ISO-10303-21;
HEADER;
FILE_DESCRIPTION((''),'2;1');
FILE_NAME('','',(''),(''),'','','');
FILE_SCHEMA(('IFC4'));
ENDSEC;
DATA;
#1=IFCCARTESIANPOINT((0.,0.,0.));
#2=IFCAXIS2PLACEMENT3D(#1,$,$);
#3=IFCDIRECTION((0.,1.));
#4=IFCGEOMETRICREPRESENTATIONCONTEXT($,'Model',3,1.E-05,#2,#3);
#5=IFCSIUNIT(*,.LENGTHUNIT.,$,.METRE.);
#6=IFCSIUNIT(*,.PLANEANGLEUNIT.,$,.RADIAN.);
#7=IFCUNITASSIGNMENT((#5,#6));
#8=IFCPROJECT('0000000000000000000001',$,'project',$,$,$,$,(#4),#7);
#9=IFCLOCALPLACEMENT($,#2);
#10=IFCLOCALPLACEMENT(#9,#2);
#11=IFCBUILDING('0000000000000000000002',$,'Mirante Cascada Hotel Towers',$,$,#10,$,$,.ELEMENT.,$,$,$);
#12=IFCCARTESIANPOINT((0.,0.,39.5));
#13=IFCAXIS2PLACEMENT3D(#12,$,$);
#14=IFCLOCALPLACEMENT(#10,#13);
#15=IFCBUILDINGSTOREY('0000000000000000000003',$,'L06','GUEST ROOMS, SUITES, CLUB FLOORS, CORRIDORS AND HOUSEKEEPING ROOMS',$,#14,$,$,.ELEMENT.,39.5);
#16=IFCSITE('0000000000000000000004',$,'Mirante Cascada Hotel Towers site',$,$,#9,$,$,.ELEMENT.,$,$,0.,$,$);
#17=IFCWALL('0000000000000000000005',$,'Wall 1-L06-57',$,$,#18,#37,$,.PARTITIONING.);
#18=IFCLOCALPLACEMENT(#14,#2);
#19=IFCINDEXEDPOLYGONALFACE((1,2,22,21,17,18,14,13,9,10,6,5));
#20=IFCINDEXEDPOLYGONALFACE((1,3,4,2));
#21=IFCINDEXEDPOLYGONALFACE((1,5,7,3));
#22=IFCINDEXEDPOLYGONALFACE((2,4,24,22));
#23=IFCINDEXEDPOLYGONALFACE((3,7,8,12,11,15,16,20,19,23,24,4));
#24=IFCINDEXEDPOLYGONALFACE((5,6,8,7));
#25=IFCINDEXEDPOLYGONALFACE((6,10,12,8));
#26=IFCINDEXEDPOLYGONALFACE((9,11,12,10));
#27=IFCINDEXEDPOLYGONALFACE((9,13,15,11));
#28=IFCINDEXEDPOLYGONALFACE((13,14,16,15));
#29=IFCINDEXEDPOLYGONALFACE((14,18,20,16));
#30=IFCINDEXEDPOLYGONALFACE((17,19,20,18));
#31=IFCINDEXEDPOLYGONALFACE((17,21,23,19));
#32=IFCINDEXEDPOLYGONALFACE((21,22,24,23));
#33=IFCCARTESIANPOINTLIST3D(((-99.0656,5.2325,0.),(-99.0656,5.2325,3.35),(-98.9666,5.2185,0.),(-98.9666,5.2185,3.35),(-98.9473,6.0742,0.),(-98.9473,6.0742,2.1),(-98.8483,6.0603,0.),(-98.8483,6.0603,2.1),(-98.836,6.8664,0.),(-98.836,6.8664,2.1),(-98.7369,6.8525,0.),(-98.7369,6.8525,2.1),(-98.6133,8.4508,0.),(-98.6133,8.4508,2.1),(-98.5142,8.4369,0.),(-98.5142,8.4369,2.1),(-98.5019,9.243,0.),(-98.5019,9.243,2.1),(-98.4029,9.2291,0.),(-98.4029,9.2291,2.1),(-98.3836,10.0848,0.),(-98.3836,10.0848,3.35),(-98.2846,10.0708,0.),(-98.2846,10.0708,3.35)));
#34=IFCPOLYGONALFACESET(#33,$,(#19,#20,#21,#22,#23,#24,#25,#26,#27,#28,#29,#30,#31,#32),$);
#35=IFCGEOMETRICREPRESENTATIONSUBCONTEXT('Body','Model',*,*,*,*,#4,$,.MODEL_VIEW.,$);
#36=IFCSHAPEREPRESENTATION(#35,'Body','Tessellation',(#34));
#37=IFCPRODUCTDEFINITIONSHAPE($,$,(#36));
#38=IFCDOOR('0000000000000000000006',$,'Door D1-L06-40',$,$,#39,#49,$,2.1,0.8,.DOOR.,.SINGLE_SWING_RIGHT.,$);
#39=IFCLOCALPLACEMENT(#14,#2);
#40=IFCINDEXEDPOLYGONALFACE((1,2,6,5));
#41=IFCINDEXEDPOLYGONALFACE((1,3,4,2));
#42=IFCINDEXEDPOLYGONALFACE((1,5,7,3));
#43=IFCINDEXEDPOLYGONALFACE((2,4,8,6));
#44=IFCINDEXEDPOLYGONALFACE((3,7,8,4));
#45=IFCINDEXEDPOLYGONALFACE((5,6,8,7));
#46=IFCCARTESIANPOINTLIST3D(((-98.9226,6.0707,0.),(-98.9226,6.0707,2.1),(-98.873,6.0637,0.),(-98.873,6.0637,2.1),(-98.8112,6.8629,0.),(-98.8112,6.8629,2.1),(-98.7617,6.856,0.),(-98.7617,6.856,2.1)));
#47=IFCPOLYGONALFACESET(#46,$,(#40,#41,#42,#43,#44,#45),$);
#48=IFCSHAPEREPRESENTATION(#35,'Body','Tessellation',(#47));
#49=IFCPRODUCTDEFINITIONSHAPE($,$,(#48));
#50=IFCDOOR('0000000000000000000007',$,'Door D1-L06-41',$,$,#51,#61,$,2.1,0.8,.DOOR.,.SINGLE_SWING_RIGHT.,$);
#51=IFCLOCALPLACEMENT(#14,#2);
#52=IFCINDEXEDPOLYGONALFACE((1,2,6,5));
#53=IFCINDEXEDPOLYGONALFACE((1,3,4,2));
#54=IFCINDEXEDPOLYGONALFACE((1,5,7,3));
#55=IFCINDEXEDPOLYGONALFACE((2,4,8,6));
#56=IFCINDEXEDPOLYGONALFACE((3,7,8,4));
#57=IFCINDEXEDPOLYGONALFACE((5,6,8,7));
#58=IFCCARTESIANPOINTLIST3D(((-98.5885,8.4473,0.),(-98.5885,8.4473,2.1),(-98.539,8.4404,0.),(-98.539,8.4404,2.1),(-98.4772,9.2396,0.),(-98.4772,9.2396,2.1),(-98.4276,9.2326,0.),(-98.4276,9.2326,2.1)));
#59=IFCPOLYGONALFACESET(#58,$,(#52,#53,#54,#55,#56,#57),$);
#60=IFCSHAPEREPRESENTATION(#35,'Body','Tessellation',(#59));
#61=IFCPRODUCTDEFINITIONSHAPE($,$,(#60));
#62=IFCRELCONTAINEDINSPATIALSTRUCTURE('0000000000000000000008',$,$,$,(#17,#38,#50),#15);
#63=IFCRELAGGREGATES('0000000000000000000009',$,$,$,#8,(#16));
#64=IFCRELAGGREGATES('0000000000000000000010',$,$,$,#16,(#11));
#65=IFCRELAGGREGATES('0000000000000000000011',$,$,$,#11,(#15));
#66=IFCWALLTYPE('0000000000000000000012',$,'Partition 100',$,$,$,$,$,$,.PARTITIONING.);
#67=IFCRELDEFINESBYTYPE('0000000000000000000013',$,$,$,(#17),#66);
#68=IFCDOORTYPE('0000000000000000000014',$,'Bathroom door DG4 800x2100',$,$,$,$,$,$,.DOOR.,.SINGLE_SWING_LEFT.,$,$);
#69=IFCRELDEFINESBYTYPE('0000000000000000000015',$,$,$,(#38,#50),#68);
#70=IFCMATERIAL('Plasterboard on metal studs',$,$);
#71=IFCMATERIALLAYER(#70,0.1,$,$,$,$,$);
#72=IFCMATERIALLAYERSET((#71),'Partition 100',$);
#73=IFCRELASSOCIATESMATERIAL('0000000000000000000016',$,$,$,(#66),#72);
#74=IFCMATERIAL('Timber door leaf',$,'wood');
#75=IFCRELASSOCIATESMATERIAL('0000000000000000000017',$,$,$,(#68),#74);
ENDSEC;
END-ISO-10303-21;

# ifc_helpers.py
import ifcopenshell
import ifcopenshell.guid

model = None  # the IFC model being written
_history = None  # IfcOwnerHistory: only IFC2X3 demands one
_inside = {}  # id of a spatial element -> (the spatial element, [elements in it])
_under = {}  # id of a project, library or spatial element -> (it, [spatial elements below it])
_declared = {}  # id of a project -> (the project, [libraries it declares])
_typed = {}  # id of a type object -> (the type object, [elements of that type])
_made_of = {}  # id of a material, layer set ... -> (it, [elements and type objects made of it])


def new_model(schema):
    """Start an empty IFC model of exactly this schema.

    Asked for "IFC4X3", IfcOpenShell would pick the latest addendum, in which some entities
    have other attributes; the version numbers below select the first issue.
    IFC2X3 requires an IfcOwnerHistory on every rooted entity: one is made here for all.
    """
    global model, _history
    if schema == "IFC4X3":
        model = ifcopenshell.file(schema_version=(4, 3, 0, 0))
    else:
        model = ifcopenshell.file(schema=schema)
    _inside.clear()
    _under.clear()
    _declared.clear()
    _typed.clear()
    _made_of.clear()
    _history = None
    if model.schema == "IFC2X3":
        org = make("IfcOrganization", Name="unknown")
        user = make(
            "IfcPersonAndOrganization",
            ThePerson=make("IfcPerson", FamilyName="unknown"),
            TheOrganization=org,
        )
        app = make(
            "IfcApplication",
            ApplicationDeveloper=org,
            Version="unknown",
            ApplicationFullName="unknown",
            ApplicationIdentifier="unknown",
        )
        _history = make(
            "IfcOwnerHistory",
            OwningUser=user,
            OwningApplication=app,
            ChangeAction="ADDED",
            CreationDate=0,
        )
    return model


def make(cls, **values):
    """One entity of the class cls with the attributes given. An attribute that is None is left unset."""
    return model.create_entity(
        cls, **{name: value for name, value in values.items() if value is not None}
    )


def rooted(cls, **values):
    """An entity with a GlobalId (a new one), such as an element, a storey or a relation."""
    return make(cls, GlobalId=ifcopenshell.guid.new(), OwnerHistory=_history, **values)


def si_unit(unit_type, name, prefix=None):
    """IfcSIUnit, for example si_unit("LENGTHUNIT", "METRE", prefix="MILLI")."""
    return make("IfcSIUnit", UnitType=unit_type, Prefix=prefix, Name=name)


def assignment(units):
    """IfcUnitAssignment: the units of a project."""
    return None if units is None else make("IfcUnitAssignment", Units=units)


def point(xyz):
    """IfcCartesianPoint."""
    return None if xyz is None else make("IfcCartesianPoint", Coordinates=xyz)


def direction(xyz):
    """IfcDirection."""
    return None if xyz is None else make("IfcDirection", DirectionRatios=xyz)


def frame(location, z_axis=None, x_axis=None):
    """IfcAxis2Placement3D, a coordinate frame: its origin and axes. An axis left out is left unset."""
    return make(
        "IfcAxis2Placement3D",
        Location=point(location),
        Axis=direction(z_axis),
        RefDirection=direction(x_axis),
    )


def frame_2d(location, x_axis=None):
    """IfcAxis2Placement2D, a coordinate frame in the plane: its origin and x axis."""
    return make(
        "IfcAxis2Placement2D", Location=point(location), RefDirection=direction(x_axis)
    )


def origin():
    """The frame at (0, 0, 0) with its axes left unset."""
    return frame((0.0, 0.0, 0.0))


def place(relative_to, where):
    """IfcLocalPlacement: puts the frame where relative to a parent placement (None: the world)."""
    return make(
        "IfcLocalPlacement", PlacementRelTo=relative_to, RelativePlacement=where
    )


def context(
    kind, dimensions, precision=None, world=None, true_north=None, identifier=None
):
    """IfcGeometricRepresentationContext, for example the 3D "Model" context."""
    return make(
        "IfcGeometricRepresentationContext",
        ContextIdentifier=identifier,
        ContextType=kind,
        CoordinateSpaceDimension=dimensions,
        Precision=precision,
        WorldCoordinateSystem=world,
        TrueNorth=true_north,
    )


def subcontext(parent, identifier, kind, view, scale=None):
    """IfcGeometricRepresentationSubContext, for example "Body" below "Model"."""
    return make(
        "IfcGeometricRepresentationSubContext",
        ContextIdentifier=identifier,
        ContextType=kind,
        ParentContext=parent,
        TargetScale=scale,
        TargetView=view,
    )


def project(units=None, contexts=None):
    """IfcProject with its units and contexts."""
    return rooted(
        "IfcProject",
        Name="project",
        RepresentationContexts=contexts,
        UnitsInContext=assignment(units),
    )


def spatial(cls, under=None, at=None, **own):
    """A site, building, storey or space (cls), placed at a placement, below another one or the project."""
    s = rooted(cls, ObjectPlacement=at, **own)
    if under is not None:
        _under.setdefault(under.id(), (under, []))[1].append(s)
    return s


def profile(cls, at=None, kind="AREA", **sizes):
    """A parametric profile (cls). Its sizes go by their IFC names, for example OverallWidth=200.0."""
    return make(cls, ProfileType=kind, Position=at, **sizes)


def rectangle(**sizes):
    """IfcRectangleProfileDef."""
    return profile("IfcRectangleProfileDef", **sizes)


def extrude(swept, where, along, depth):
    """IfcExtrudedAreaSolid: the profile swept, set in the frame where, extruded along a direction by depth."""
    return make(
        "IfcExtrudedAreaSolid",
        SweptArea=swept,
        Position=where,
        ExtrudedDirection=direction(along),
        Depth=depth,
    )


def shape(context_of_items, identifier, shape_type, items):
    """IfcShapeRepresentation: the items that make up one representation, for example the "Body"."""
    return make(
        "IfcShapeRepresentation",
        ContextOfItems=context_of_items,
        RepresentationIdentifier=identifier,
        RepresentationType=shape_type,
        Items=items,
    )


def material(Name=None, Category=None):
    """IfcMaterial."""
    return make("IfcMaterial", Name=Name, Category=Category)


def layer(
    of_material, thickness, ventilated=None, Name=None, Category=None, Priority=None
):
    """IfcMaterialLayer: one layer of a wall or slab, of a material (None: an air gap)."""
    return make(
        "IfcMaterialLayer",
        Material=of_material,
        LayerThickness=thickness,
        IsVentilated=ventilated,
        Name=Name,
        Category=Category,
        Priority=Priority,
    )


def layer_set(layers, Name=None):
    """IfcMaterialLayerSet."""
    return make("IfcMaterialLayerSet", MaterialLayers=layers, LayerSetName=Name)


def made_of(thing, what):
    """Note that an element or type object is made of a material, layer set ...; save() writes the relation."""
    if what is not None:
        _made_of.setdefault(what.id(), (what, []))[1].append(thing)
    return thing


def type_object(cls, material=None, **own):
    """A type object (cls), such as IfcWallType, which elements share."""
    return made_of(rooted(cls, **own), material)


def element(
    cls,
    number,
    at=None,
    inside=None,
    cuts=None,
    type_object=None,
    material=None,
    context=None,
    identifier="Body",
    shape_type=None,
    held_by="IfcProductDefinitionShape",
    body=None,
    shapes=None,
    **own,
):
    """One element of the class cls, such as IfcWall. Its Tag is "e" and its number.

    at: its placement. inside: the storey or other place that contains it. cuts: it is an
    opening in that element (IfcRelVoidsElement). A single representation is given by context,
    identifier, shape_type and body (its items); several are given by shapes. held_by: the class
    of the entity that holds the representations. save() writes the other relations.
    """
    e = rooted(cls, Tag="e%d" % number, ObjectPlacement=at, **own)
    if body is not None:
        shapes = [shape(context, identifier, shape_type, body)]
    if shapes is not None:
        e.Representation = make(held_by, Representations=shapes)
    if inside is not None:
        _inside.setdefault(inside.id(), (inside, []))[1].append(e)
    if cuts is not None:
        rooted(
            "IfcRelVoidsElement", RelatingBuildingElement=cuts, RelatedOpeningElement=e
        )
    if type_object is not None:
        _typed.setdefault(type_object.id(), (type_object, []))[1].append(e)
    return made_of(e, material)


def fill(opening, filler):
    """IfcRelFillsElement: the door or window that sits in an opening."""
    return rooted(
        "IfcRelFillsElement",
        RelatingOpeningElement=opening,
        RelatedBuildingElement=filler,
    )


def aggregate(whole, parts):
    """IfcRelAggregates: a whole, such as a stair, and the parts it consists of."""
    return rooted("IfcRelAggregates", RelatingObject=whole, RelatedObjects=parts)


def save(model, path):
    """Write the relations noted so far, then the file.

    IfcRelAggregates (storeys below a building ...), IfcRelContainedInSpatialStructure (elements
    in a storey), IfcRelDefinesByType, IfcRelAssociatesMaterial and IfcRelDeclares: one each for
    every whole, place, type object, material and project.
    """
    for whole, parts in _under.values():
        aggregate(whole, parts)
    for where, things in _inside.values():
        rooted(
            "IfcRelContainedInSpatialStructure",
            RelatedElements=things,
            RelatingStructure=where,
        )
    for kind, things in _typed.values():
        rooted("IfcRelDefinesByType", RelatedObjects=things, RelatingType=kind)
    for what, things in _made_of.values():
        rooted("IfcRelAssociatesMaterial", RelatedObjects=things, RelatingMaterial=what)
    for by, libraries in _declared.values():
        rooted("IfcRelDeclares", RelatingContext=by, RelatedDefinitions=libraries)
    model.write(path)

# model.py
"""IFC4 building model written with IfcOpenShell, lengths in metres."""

from ifc_helpers import new_model, si_unit, direction, frame, frame_2d, origin, place, context, subcontext, project, spatial, rectangle, extrude, material, layer, layer_set, type_object, element, fill, save


model = new_model("IFC4")

# Units and contexts
model_context = context("Model", 3, precision=1e-05, world=origin(), true_north=direction((0.0, 1.0)))
body_context = subcontext(model_context, "Body", "Model", "MODEL_VIEW")
ifc_project = project(units=[si_unit("LENGTHUNIT", "METRE"), si_unit("PLANEANGLEUNIT", "RADIAN")], contexts=[model_context])

# Site, building, storey
site_placement = place(None, origin())
site = spatial("IfcSite", under=ifc_project, at=site_placement, Name="Mirante Cascada Hotel Towers site", CompositionType="ELEMENT", RefElevation=0.0)
building_placement = place(site_placement, origin())
building = spatial("IfcBuilding", under=site, at=building_placement, Name="Mirante Cascada Hotel Towers", CompositionType="ELEMENT")
storey_placement = place(building_placement, frame((0.0, 0.0, 39.5)))
storey = spatial("IfcBuildingStorey", under=building, at=storey_placement, Name="L06", Description="GUEST ROOMS, SUITES, CLUB FLOORS, CORRIDORS AND HOUSEKEEPING ROOMS", CompositionType="ELEMENT", Elevation=39.5)

# Wall, openings, doors
ifc_material_1 = material(Name="Plasterboard on metal studs")
ifc_layer_1 = layer(ifc_material_1, 0.1)
ifc_layer_set_1 = layer_set([ifc_layer_1], Name="Partition 100")
wall_type = type_object("IfcWallType", Name="Partition 100", PredefinedType="PARTITIONING", material=ifc_layer_set_1)
wall_1_placement = place(storey_placement, frame((-99.0161, 5.2255, 0.0), z_axis=(0.0, 0.0, 1.0), x_axis=(0.139184, 0.990267, 0.0)))
wall_1 = element("IfcWall", 1, at=wall_1_placement, inside=storey, type_object=wall_type, Name="Wall 1-L06-57", PredefinedType="PARTITIONING", context=body_context, shape_type="SweptSolid", body=[
    extrude(rectangle(XDim=4.9, YDim=0.1, at=frame_2d((2.45, 0.0))), origin(), (0.0, 0.0, 1.0), 3.35),
])
opening_1_placement = place(wall_1_placement, frame((0.85, 0.0, 0.0)))
opening_1 = element("IfcOpeningElement", 2, at=opening_1_placement, cuts=wall_1, PredefinedType="OPENING", context=body_context, shape_type="SweptSolid", body=[
    extrude(rectangle(XDim=0.8, YDim=2.1, at=frame_2d((0.4, 1.05))), frame((0.0, 0.05, 0.0), z_axis=(0.0, -1.0, 0.0), x_axis=(1.0, 0.0, 0.0)), (0.0, 0.0, 1.0), 0.1),
])
opening_2_placement = place(wall_1_placement, frame((3.25, 0.0, 0.0)))
opening_2 = element("IfcOpeningElement", 3, at=opening_2_placement, cuts=wall_1, PredefinedType="OPENING", context=body_context, shape_type="SweptSolid", body=[
    extrude(rectangle(XDim=0.8, YDim=2.1, at=frame_2d((0.4, 1.05))), frame((0.0, 0.05, 0.0), z_axis=(0.0, -1.0, 0.0), x_axis=(1.0, 0.0, 0.0)), (0.0, 0.0, 1.0), 0.1),
])
ifc_material_2 = material(Name="Timber door leaf", Category="wood")
door_type_1 = type_object("IfcDoorType", Name="Bathroom door DG4 800x2100", OperationType="SINGLE_SWING_LEFT", PredefinedType="DOOR", material=ifc_material_2)
door_1_placement = place(opening_1_placement, frame((0.8, 0.0, 0.0), z_axis=(0.0, 0.0, 1.0), x_axis=(-1.0, 0.0, 0.0)))
door_1 = element("IfcDoor", 4, at=door_1_placement, inside=storey, type_object=door_type_1, Name="Door D1-L06-40", OperationType="SINGLE_SWING_RIGHT", OverallHeight=2.1, OverallWidth=0.8, PredefinedType="DOOR", context=body_context, shape_type="SweptSolid", body=[
    extrude(rectangle(XDim=0.8, YDim=2.1, at=frame_2d((0.4, 1.05))), frame((0.0, 0.025, 0.0), z_axis=(0.0, -1.0, 0.0), x_axis=(1.0, 0.0, 0.0)), (0.0, 0.0, 1.0), 0.05),
])
fill(opening_1, door_1)
door_2_placement = place(opening_2_placement, frame((0.8, 0.0, 0.0), z_axis=(0.0, 0.0, 1.0), x_axis=(-1.0, 0.0, 0.0)))
door_2 = element("IfcDoor", 5, at=door_2_placement, inside=storey, type_object=door_type_1, Name="Door D1-L06-41", OperationType="SINGLE_SWING_RIGHT", OverallHeight=2.1, OverallWidth=0.8, PredefinedType="DOOR", context=body_context, shape_type="SweptSolid", body=[
    extrude(rectangle(XDim=0.8, YDim=2.1, at=frame_2d((0.4, 1.05))), frame((0.0, 0.025, 0.0), z_axis=(0.0, -1.0, 0.0), x_axis=(1.0, 0.0, 0.0)), (0.0, 0.0, 1.0), 0.05),
])
fill(opening_2, door_2)

save(model, "model.ifc")
